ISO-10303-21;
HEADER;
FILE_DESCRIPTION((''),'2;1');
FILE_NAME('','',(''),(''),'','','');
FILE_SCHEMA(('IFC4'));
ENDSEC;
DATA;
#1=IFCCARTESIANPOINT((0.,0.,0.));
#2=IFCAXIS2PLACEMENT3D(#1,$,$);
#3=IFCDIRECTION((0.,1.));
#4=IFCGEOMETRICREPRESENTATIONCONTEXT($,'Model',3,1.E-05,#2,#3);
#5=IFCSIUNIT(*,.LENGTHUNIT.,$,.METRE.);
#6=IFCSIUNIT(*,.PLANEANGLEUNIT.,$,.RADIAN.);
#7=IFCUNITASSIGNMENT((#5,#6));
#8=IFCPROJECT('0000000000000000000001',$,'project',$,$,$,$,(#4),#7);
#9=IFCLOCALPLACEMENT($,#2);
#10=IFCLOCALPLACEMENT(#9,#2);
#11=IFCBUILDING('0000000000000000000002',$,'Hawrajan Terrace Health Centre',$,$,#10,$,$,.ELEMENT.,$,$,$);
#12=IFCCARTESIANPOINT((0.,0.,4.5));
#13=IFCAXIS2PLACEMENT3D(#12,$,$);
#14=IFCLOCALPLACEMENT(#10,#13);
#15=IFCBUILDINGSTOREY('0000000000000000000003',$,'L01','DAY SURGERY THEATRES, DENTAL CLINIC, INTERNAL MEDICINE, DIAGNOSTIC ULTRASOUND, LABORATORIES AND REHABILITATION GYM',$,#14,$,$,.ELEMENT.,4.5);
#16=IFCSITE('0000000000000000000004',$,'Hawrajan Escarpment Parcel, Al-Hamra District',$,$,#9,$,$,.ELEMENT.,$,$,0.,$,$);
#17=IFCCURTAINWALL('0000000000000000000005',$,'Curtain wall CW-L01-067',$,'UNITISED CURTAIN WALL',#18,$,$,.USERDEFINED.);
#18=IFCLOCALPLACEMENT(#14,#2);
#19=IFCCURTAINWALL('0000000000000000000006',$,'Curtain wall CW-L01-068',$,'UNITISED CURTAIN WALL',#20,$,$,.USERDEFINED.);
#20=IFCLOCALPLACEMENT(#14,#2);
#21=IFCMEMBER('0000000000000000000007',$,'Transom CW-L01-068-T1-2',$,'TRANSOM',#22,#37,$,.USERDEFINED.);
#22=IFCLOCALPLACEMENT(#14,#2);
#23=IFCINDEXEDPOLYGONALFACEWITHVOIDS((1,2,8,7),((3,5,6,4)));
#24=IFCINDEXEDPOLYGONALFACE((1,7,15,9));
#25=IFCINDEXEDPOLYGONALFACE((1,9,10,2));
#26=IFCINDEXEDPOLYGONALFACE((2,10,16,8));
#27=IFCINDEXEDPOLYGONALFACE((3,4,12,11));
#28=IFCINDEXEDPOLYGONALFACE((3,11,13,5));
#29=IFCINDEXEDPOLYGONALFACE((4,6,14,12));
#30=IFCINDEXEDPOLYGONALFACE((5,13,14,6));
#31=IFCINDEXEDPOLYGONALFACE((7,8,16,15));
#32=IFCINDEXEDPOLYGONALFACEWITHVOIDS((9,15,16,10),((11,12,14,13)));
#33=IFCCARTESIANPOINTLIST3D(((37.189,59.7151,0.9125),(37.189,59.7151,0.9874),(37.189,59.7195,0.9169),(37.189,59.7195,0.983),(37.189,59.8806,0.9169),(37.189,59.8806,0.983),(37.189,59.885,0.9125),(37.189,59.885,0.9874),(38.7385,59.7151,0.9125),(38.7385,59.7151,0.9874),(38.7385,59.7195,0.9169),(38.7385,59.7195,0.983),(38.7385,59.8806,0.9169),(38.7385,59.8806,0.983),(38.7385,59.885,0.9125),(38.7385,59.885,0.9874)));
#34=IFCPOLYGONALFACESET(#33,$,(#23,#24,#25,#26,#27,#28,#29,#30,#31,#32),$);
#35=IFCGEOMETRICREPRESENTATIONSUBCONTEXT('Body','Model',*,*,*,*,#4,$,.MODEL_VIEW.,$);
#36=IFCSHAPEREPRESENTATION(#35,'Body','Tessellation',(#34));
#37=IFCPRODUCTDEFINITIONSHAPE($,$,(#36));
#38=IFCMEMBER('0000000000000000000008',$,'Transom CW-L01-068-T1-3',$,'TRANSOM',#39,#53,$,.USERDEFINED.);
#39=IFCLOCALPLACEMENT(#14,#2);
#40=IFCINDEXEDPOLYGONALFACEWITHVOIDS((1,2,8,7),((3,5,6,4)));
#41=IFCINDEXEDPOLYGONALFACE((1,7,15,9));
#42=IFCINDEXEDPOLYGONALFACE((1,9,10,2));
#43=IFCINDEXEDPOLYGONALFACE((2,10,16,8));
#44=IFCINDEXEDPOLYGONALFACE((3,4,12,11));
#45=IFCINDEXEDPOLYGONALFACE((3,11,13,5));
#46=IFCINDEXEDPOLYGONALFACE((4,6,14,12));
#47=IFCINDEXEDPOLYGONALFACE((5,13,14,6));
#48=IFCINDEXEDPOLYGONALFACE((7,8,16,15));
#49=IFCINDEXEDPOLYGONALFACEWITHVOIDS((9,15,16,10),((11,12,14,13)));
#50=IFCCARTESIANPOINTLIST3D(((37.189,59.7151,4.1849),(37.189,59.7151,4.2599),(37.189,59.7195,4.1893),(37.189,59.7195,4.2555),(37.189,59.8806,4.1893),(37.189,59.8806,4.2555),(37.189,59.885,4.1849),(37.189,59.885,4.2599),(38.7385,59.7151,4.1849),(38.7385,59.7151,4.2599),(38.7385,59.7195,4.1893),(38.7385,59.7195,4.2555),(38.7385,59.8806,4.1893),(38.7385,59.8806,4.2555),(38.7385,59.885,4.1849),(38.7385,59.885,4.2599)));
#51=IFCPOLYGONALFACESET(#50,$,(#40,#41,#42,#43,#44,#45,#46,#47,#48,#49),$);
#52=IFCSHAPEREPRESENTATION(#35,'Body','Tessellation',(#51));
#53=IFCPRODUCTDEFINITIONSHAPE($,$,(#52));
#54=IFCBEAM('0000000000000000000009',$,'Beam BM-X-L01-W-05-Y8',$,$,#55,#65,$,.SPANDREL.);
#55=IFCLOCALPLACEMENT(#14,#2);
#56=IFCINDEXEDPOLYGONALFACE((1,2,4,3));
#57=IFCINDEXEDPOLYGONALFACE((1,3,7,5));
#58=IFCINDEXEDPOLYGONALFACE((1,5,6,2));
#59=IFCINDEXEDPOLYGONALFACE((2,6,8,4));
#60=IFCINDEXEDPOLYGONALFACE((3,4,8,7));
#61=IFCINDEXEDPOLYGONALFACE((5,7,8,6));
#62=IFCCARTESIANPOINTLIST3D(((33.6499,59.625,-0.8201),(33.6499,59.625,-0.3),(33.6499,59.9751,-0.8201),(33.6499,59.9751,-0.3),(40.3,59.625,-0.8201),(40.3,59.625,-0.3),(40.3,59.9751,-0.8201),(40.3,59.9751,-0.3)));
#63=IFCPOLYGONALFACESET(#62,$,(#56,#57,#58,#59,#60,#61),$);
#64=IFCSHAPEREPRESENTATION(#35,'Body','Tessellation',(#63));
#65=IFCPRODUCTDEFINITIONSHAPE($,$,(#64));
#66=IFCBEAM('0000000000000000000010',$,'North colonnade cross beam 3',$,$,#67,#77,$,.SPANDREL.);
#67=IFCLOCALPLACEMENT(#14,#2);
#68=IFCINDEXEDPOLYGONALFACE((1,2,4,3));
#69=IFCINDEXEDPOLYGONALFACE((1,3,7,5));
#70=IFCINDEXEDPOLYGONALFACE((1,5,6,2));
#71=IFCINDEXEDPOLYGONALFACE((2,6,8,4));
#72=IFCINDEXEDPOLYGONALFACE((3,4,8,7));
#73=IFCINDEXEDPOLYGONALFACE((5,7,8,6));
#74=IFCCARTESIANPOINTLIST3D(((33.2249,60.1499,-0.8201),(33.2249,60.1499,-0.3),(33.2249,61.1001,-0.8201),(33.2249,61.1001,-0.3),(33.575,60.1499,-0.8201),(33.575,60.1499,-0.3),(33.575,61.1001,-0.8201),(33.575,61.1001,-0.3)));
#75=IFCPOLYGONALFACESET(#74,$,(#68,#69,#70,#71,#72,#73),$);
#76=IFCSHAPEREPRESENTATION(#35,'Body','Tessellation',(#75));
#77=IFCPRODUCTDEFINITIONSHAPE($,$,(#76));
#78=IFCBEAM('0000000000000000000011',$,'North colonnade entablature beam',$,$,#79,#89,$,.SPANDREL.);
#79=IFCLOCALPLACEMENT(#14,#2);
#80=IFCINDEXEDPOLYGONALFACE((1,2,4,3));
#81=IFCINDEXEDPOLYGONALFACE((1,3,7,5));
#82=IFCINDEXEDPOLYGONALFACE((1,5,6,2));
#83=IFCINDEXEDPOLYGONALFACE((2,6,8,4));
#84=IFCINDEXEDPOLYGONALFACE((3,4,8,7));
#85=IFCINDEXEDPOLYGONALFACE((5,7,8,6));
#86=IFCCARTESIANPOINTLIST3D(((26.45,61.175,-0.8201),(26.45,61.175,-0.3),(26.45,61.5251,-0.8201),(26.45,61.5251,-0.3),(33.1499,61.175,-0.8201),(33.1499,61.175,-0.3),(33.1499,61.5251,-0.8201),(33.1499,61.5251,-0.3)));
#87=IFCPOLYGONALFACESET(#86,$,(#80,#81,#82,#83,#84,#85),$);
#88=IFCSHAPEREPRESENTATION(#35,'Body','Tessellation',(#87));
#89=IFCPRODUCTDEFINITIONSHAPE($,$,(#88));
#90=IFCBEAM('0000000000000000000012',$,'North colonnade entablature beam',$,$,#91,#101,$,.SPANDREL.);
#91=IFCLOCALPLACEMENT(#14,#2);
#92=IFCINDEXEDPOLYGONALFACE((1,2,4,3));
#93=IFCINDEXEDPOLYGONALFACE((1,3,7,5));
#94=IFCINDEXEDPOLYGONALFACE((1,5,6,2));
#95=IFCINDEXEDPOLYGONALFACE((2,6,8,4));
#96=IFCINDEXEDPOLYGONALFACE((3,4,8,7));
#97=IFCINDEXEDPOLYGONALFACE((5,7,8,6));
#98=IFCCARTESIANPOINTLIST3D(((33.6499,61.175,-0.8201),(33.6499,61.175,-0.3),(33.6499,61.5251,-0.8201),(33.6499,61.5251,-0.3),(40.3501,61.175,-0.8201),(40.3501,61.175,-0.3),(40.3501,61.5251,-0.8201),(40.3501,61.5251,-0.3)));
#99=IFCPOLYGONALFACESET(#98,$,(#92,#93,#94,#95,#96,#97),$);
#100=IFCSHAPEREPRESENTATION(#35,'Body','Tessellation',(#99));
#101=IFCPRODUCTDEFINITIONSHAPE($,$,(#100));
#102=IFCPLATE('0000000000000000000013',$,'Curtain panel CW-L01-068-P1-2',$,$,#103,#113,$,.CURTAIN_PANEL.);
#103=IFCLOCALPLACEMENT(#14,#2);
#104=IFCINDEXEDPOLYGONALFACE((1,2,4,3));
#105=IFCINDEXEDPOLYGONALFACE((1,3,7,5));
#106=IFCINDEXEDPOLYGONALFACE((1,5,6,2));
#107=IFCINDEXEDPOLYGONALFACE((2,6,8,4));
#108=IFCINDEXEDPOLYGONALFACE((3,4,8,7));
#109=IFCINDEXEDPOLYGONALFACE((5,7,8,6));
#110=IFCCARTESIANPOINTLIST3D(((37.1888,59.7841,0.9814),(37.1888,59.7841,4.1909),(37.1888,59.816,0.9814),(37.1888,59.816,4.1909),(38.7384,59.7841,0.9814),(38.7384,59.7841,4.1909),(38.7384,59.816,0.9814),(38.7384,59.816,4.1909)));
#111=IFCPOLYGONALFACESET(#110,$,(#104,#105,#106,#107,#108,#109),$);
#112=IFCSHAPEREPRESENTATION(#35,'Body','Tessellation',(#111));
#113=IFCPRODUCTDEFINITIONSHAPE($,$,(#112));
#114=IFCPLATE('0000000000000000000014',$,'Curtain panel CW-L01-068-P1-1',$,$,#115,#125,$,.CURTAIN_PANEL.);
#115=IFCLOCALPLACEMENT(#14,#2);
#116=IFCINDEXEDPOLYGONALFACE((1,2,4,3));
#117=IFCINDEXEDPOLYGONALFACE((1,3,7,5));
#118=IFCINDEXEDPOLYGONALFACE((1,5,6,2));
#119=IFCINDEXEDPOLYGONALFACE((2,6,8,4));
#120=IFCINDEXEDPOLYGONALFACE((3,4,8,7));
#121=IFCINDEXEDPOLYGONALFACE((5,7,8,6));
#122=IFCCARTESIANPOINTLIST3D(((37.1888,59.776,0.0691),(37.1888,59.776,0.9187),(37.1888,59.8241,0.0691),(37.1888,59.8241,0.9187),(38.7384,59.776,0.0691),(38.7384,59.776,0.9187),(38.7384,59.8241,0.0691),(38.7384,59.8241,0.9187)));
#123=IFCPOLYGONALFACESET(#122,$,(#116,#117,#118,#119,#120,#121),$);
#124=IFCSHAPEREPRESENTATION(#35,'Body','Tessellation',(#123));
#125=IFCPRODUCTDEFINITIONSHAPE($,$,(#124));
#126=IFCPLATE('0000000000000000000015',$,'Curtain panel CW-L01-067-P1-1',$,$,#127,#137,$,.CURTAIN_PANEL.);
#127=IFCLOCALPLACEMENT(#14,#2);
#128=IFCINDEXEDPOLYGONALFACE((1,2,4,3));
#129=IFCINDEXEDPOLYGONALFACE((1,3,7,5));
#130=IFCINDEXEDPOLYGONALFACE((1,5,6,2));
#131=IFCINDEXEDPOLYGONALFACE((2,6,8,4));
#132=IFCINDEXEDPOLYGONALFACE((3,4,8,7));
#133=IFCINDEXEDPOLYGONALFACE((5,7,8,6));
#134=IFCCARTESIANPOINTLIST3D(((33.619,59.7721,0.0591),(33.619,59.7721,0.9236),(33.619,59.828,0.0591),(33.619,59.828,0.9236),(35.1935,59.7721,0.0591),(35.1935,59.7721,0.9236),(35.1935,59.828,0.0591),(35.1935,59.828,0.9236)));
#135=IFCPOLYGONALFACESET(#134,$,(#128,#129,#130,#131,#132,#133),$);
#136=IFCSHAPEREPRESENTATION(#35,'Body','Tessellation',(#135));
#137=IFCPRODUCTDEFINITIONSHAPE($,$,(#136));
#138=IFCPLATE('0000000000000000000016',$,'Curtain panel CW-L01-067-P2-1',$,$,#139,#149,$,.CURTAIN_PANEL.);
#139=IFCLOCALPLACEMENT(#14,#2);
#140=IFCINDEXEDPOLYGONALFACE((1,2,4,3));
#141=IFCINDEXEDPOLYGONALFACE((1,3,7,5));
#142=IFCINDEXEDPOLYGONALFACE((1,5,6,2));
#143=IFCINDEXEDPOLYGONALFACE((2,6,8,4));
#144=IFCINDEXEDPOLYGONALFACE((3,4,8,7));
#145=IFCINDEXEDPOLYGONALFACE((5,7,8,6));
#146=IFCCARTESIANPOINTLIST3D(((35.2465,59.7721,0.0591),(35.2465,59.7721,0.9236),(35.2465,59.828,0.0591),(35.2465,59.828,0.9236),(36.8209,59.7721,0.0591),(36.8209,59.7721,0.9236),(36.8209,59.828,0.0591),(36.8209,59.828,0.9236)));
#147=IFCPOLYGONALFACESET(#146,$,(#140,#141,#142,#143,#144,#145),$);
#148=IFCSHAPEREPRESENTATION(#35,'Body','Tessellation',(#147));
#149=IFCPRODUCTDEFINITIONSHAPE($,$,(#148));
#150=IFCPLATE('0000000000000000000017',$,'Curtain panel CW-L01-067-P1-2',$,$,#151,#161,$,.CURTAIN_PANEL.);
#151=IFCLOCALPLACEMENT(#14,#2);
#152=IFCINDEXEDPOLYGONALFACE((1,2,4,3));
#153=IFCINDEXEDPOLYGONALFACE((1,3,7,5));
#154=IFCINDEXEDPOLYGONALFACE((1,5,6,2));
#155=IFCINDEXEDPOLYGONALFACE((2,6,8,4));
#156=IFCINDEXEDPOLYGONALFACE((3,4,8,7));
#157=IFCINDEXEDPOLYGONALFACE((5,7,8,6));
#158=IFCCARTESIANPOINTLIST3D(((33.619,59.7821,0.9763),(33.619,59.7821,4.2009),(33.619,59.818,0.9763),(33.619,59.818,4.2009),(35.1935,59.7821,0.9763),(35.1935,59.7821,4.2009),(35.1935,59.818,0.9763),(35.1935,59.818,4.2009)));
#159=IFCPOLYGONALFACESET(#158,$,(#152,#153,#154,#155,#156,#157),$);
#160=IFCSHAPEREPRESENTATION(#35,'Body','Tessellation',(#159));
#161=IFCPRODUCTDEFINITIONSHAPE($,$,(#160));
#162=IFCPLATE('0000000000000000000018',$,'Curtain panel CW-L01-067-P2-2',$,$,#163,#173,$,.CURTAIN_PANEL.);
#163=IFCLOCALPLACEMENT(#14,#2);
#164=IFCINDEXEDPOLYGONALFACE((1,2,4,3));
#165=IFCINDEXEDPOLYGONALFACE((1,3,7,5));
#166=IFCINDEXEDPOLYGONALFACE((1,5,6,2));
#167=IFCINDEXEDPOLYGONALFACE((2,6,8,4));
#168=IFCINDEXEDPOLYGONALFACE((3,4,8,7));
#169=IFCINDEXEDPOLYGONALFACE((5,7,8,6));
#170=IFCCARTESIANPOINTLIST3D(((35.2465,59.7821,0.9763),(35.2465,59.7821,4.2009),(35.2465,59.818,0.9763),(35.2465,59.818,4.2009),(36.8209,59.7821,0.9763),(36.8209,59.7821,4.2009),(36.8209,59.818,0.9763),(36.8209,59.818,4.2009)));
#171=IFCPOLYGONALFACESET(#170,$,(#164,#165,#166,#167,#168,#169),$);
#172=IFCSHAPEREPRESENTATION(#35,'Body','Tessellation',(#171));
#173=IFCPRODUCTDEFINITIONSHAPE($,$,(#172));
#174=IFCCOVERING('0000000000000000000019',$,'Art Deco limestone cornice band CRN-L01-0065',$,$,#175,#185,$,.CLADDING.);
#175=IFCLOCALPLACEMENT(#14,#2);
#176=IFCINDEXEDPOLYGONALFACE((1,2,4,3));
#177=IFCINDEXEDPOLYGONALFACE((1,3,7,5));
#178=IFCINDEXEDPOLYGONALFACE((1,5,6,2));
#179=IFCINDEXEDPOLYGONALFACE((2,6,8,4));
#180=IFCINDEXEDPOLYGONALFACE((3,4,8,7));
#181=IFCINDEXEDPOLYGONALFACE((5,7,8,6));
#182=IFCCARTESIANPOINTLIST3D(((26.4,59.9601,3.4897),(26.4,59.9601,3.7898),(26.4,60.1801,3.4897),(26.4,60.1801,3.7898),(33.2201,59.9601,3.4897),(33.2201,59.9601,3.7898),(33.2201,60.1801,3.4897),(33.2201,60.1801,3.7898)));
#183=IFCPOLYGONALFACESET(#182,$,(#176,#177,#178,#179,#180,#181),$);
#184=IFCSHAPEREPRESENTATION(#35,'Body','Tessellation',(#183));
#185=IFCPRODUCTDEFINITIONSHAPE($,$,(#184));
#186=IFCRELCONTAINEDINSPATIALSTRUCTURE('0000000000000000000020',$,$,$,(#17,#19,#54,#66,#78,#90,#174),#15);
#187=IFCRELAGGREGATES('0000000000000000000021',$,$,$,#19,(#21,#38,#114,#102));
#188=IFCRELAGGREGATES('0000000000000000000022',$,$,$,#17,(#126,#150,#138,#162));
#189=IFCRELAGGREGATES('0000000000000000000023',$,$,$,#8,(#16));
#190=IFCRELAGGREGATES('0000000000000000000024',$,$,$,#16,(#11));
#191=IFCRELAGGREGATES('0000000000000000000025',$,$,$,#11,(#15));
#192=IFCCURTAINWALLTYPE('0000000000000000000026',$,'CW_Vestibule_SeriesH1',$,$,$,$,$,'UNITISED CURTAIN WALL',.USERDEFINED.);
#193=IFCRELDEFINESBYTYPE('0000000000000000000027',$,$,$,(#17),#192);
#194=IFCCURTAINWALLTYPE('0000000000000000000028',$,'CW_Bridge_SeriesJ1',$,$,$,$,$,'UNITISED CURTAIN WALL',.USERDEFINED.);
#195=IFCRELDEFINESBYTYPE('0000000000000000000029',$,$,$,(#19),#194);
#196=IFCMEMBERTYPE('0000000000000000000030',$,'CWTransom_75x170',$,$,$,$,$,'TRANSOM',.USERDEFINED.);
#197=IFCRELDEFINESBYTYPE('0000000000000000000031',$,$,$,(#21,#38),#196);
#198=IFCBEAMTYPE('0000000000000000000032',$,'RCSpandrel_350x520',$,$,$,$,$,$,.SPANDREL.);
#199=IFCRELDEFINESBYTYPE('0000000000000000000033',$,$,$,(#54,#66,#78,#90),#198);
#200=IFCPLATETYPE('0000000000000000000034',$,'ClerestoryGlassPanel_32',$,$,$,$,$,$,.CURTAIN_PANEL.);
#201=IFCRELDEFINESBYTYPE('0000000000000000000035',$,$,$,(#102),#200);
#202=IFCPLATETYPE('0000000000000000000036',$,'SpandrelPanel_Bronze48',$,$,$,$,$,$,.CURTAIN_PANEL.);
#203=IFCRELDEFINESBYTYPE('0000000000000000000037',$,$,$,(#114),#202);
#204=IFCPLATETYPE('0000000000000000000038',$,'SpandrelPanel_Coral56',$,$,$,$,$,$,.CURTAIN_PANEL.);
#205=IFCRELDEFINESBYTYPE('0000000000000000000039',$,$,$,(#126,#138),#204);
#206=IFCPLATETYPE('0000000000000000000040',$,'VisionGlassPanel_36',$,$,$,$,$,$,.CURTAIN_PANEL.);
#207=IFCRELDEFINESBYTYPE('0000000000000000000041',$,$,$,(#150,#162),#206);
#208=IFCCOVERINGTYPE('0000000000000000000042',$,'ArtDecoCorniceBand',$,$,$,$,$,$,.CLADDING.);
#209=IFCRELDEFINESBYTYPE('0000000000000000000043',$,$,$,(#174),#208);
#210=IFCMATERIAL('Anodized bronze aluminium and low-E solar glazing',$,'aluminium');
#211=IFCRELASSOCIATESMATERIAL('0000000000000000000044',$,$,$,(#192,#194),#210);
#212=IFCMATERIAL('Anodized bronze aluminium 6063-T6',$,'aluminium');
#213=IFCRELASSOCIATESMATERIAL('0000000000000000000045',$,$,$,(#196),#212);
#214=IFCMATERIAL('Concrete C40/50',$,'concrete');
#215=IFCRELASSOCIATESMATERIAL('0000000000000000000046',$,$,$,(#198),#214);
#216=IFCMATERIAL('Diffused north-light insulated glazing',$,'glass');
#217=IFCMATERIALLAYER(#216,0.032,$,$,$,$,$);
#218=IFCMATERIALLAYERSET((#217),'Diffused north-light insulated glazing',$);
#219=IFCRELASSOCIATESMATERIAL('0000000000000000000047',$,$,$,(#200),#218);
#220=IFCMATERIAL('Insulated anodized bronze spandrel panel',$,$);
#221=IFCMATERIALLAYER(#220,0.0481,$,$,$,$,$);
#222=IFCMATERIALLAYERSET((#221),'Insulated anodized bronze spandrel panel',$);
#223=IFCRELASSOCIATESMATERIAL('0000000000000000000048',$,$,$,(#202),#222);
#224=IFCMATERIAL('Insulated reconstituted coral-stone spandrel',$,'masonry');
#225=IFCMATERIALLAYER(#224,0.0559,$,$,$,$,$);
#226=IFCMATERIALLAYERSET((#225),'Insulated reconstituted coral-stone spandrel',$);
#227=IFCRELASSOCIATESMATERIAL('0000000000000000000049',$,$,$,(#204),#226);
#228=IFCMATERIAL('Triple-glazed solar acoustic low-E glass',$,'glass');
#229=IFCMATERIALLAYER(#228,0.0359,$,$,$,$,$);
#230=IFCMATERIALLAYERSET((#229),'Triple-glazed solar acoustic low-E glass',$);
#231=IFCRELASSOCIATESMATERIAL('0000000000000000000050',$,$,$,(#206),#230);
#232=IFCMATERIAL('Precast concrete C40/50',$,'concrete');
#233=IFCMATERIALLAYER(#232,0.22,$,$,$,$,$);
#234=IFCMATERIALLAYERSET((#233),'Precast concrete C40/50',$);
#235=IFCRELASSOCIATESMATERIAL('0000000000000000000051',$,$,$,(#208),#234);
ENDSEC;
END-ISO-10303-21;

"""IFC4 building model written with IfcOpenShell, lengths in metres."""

from ifc_helpers import new_model, si_unit, direction, frame, origin, origin_2d, place, context, subcontext, project, spatial, rectangle, hollow_rectangle, extrude, material, layer, layer_set, material_profile, profile_set, type_object, element, aggregate, save


model = new_model("IFC4")

# Units and contexts
model_context = context("Model", 3, precision=1e-05, world=origin(), true_north=direction((0.0, 1.0)))
body_context = subcontext(model_context, "Body", "Model", "MODEL_VIEW")
ifc_project = project(units=[si_unit("LENGTHUNIT", "METRE"), si_unit("PLANEANGLEUNIT", "RADIAN")], contexts=[model_context])

# Site, building, storey
site_placement = place(None, origin())
site = spatial("IfcSite", under=ifc_project, at=site_placement, Name="Hawrajan Escarpment Parcel, Al-Hamra District", CompositionType="ELEMENT", RefElevation=0.0)
building_placement = place(site_placement, origin())
building = spatial("IfcBuilding", under=site, at=building_placement, Name="Hawrajan Terrace Health Centre", CompositionType="ELEMENT")
storey_placement = place(building_placement, frame((0.0, 0.0, 4.5)))
storey = spatial("IfcBuildingStorey", under=building, at=storey_placement, Name="L01", Description="DAY SURGERY THEATRES, DENTAL CLINIC, INTERNAL MEDICINE, DIAGNOSTIC ULTRASOUND, LABORATORIES AND REHABILITATION GYM", CompositionType="ELEMENT", Elevation=4.5)

# Curtain wall
ifc_material_1 = material(Name="Anodized bronze aluminium and low-E solar glazing", Category="aluminium")
curtain_wall_type_1 = type_object("IfcCurtainWallType", Name="CW_Vestibule_SeriesH1", ElementType="UNITISED CURTAIN WALL", PredefinedType="USERDEFINED", material=ifc_material_1)
curtain_wall_1_placement = place(storey_placement, origin())
curtain_wall_1 = element("IfcCurtainWall", 1, at=curtain_wall_1_placement, inside=storey, type_object=curtain_wall_type_1, Name="Curtain wall CW-L01-067", ObjectType="UNITISED CURTAIN WALL", PredefinedType="USERDEFINED")
ifc_material_2 = material(Name="Anodized bronze aluminium 6063-T6", Category="aluminium")

# Curtain wall
curtain_wall_type_2 = type_object("IfcCurtainWallType", Name="CW_Bridge_SeriesJ1", ElementType="UNITISED CURTAIN WALL", PredefinedType="USERDEFINED", material=ifc_material_1)
curtain_wall_2_placement = place(storey_placement, origin())
curtain_wall_2 = element("IfcCurtainWall", 2, at=curtain_wall_2_placement, inside=storey, type_object=curtain_wall_type_2, Name="Curtain wall CW-L01-068", ObjectType="UNITISED CURTAIN WALL", PredefinedType="USERDEFINED")

# Members
ifc_material_profile_1 = material_profile(ifc_material_2, hollow_rectangle(XDim=0.075, YDim=0.1699, WallThickness=0.0044, at=origin_2d()), Name="CW TRN 75x170")
ifc_profile_set_1 = profile_set([ifc_material_profile_1], Name="Anodized bronze aluminium 6063-T6")
member_type_1 = type_object("IfcMemberType", Name="CWTransom_75x170", ElementType="TRANSOM", PredefinedType="USERDEFINED", material=ifc_profile_set_1)
member_1_placement = place(storey_placement, frame((37.189, 59.8, 0.95), z_axis=(1.0, 0.0, 0.0), x_axis=(0.0, 0.0, 1.0)))
member_1 = element("IfcMember", 3, at=member_1_placement, type_object=member_type_1, Name="Transom CW-L01-068-T1-2", ObjectType="TRANSOM", PredefinedType="USERDEFINED", context=body_context, shape_type="SweptSolid", body=[
    extrude(hollow_rectangle(XDim=0.075, YDim=0.1699, WallThickness=0.0044, at=origin_2d()), origin(), (0.0, 0.0, 1.0), 1.5496),
])
member_2_placement = place(storey_placement, frame((37.189, 59.8, 4.2224), z_axis=(1.0, 0.0, 0.0), x_axis=(0.0, 0.0, 1.0)))
member_2 = element("IfcMember", 4, at=member_2_placement, type_object=member_type_1, Name="Transom CW-L01-068-T1-3", ObjectType="TRANSOM", PredefinedType="USERDEFINED", context=body_context, shape_type="SweptSolid", body=[
    extrude(hollow_rectangle(XDim=0.075, YDim=0.1699, WallThickness=0.0044, at=origin_2d()), origin(), (0.0, 0.0, 1.0), 1.5496),
])

# Beams
ifc_material_3 = material(Name="Concrete C40/50", Category="concrete")
ifc_material_profile_2 = material_profile(ifc_material_3, rectangle(XDim=0.3501, YDim=0.52, at=origin_2d()), Name="RC SP 350x520")
ifc_profile_set_2 = profile_set([ifc_material_profile_2], Name="Concrete C40/50")
beam_type = type_object("IfcBeamType", Name="RCSpandrel_350x520", PredefinedType="SPANDREL", material=ifc_profile_set_2)
beam_1_placement = place(storey_placement, frame((33.6499, 59.8, -0.5601), z_axis=(1.0, 0.0, 0.0), x_axis=(0.0, 1.0, 0.0)))
element("IfcBeam", 5, at=beam_1_placement, inside=storey, type_object=beam_type, Name="Beam BM-X-L01-W-05-Y8", PredefinedType="SPANDREL", context=body_context, shape_type="SweptSolid", body=[
    extrude(rectangle(XDim=0.3501, YDim=0.52, at=origin_2d()), origin(), (0.0, 0.0, 1.0), 6.6501),
])
beam_2_placement = place(storey_placement, frame((33.3999, 60.1499, -0.5601), z_axis=(0.0, 1.0, 0.0), x_axis=(-1.0, 0.0, 0.0)))
element("IfcBeam", 6, at=beam_2_placement, inside=storey, type_object=beam_type, Name="North colonnade cross beam 3", PredefinedType="SPANDREL", context=body_context, shape_type="SweptSolid", body=[
    extrude(rectangle(XDim=0.3501, YDim=0.52, at=origin_2d()), origin(), (0.0, 0.0, 1.0), 0.9502),
])
beam_3_placement = place(storey_placement, frame((26.45, 61.3501, -0.5601), z_axis=(1.0, 0.0, 0.0), x_axis=(0.0, 1.0, 0.0)))
element("IfcBeam", 7, at=beam_3_placement, inside=storey, type_object=beam_type, Name="North colonnade entablature beam", PredefinedType="SPANDREL", context=body_context, shape_type="SweptSolid", body=[
    extrude(rectangle(XDim=0.3501, YDim=0.52, at=origin_2d()), origin(), (0.0, 0.0, 1.0), 6.7),
])
beam_4_placement = place(storey_placement, frame((33.6499, 61.3501, -0.5601), z_axis=(1.0, 0.0, 0.0), x_axis=(0.0, 1.0, 0.0)))
element("IfcBeam", 8, at=beam_4_placement, inside=storey, type_object=beam_type, Name="North colonnade entablature beam", PredefinedType="SPANDREL", context=body_context, shape_type="SweptSolid", body=[
    extrude(rectangle(XDim=0.3501, YDim=0.52, at=origin_2d()), origin(), (0.0, 0.0, 1.0), 6.7002),
])

# Plates
ifc_material_4 = material(Name="Diffused north-light insulated glazing", Category="glass")
ifc_layer_1 = layer(ifc_material_4, 0.032)
ifc_layer_set_1 = layer_set([ifc_layer_1], Name="Diffused north-light insulated glazing")
plate_type_1 = type_object("IfcPlateType", Name="ClerestoryGlassPanel_32", PredefinedType="CURTAIN_PANEL", material=ifc_layer_set_1)
plate_1_placement = place(storey_placement, frame((37.9636, 59.8, 0.9814), z_axis=(0.0, 0.0, 1.0), x_axis=(1.0, 0.0, 0.0)))
plate_1 = element("IfcPlate", 9, at=plate_1_placement, type_object=plate_type_1, Name="Curtain panel CW-L01-068-P1-2", PredefinedType="CURTAIN_PANEL", context=body_context, shape_type="SweptSolid", body=[
    extrude(rectangle(XDim=1.5496, YDim=0.032, at=origin_2d()), origin(), (0.0, 0.0, 1.0), 3.2095),
])
ifc_material_5 = material(Name="Insulated anodized bronze spandrel panel")
ifc_layer_2 = layer(ifc_material_5, 0.0481)
ifc_layer_set_2 = layer_set([ifc_layer_2], Name="Insulated anodized bronze spandrel panel")
plate_type_2 = type_object("IfcPlateType", Name="SpandrelPanel_Bronze48", PredefinedType="CURTAIN_PANEL", material=ifc_layer_set_2)
plate_2_placement = place(storey_placement, frame((37.9636, 59.8, 0.0691), z_axis=(0.0, 0.0, 1.0), x_axis=(1.0, 0.0, 0.0)))
plate_2 = element("IfcPlate", 10, at=plate_2_placement, type_object=plate_type_2, Name="Curtain panel CW-L01-068-P1-1", PredefinedType="CURTAIN_PANEL", context=body_context, shape_type="SweptSolid", body=[
    extrude(rectangle(XDim=1.5496, YDim=0.0481, at=origin_2d()), origin(), (0.0, 0.0, 1.0), 0.8496),
])
aggregate(curtain_wall_2, [member_1, member_2, plate_2, plate_1])
ifc_material_6 = material(Name="Insulated reconstituted coral-stone spandrel", Category="masonry")
ifc_layer_3 = layer(ifc_material_6, 0.0559)
ifc_layer_set_3 = layer_set([ifc_layer_3], Name="Insulated reconstituted coral-stone spandrel")
plate_type_3 = type_object("IfcPlateType", Name="SpandrelPanel_Coral56", PredefinedType="CURTAIN_PANEL", material=ifc_layer_set_3)
plate_3_placement = place(storey_placement, frame((34.4062, 59.8, 0.0591), z_axis=(0.0, 0.0, 1.0), x_axis=(1.0, 0.0, 0.0)))
plate_3 = element("IfcPlate", 11, at=plate_3_placement, type_object=plate_type_3, Name="Curtain panel CW-L01-067-P1-1", PredefinedType="CURTAIN_PANEL", context=body_context, shape_type="SweptSolid", body=[
    extrude(rectangle(XDim=1.5745, YDim=0.0559, at=origin_2d()), origin(), (0.0, 0.0, 1.0), 0.8645),
])
plate_4_placement = place(storey_placement, frame((36.0337, 59.8, 0.0591), z_axis=(0.0, 0.0, 1.0), x_axis=(1.0, 0.0, 0.0)))
plate_4 = element("IfcPlate", 12, at=plate_4_placement, type_object=plate_type_3, Name="Curtain panel CW-L01-067-P2-1", PredefinedType="CURTAIN_PANEL", context=body_context, shape_type="SweptSolid", body=[
    extrude(rectangle(XDim=1.5745, YDim=0.0559, at=origin_2d()), origin(), (0.0, 0.0, 1.0), 0.8645),
])
ifc_material_7 = material(Name="Triple-glazed solar acoustic low-E glass", Category="glass")
ifc_layer_4 = layer(ifc_material_7, 0.0359)
ifc_layer_set_4 = layer_set([ifc_layer_4], Name="Triple-glazed solar acoustic low-E glass")
plate_type_4 = type_object("IfcPlateType", Name="VisionGlassPanel_36", PredefinedType="CURTAIN_PANEL", material=ifc_layer_set_4)
plate_5_placement = place(storey_placement, frame((34.4062, 59.8, 0.9763), z_axis=(0.0, 0.0, 1.0), x_axis=(1.0, 0.0, 0.0)))
plate_5 = element("IfcPlate", 13, at=plate_5_placement, type_object=plate_type_4, Name="Curtain panel CW-L01-067-P1-2", PredefinedType="CURTAIN_PANEL", context=body_context, shape_type="SweptSolid", body=[
    extrude(rectangle(XDim=1.5745, YDim=0.0359, at=origin_2d()), origin(), (0.0, 0.0, 1.0), 3.2246),
])
plate_6_placement = place(storey_placement, frame((36.0337, 59.8, 0.9763), z_axis=(0.0, 0.0, 1.0), x_axis=(1.0, 0.0, 0.0)))
plate_6 = element("IfcPlate", 14, at=plate_6_placement, type_object=plate_type_4, Name="Curtain panel CW-L01-067-P2-2", PredefinedType="CURTAIN_PANEL", context=body_context, shape_type="SweptSolid", body=[
    extrude(rectangle(XDim=1.5745, YDim=0.0359, at=origin_2d()), origin(), (0.0, 0.0, 1.0), 3.2246),
])
aggregate(curtain_wall_1, [plate_3, plate_5, plate_4, plate_6])

# Covering
ifc_material_8 = material(Name="Precast concrete C40/50", Category="concrete")
ifc_layer_5 = layer(ifc_material_8, 0.22)
ifc_layer_set_5 = layer_set([ifc_layer_5], Name="Precast concrete C40/50")
covering_type_1 = type_object("IfcCoveringType", Name="ArtDecoCorniceBand", PredefinedType="CLADDING", material=ifc_layer_set_5)
covering_placement = place(storey_placement, frame((29.8101, 60.0701, 3.4897), z_axis=(0.0, 0.0, 1.0), x_axis=(1.0, 0.0, 0.0)))
element("IfcCovering", 15, at=covering_placement, inside=storey, type_object=covering_type_1, Name="Art Deco limestone cornice band CRN-L01-0065", PredefinedType="CLADDING", context=body_context, shape_type="SweptSolid", body=[
    extrude(rectangle(XDim=6.8201, YDim=0.22, at=origin_2d()), origin(), (0.0, 0.0, 1.0), 0.3),
])

save(model, "model.ifc")
